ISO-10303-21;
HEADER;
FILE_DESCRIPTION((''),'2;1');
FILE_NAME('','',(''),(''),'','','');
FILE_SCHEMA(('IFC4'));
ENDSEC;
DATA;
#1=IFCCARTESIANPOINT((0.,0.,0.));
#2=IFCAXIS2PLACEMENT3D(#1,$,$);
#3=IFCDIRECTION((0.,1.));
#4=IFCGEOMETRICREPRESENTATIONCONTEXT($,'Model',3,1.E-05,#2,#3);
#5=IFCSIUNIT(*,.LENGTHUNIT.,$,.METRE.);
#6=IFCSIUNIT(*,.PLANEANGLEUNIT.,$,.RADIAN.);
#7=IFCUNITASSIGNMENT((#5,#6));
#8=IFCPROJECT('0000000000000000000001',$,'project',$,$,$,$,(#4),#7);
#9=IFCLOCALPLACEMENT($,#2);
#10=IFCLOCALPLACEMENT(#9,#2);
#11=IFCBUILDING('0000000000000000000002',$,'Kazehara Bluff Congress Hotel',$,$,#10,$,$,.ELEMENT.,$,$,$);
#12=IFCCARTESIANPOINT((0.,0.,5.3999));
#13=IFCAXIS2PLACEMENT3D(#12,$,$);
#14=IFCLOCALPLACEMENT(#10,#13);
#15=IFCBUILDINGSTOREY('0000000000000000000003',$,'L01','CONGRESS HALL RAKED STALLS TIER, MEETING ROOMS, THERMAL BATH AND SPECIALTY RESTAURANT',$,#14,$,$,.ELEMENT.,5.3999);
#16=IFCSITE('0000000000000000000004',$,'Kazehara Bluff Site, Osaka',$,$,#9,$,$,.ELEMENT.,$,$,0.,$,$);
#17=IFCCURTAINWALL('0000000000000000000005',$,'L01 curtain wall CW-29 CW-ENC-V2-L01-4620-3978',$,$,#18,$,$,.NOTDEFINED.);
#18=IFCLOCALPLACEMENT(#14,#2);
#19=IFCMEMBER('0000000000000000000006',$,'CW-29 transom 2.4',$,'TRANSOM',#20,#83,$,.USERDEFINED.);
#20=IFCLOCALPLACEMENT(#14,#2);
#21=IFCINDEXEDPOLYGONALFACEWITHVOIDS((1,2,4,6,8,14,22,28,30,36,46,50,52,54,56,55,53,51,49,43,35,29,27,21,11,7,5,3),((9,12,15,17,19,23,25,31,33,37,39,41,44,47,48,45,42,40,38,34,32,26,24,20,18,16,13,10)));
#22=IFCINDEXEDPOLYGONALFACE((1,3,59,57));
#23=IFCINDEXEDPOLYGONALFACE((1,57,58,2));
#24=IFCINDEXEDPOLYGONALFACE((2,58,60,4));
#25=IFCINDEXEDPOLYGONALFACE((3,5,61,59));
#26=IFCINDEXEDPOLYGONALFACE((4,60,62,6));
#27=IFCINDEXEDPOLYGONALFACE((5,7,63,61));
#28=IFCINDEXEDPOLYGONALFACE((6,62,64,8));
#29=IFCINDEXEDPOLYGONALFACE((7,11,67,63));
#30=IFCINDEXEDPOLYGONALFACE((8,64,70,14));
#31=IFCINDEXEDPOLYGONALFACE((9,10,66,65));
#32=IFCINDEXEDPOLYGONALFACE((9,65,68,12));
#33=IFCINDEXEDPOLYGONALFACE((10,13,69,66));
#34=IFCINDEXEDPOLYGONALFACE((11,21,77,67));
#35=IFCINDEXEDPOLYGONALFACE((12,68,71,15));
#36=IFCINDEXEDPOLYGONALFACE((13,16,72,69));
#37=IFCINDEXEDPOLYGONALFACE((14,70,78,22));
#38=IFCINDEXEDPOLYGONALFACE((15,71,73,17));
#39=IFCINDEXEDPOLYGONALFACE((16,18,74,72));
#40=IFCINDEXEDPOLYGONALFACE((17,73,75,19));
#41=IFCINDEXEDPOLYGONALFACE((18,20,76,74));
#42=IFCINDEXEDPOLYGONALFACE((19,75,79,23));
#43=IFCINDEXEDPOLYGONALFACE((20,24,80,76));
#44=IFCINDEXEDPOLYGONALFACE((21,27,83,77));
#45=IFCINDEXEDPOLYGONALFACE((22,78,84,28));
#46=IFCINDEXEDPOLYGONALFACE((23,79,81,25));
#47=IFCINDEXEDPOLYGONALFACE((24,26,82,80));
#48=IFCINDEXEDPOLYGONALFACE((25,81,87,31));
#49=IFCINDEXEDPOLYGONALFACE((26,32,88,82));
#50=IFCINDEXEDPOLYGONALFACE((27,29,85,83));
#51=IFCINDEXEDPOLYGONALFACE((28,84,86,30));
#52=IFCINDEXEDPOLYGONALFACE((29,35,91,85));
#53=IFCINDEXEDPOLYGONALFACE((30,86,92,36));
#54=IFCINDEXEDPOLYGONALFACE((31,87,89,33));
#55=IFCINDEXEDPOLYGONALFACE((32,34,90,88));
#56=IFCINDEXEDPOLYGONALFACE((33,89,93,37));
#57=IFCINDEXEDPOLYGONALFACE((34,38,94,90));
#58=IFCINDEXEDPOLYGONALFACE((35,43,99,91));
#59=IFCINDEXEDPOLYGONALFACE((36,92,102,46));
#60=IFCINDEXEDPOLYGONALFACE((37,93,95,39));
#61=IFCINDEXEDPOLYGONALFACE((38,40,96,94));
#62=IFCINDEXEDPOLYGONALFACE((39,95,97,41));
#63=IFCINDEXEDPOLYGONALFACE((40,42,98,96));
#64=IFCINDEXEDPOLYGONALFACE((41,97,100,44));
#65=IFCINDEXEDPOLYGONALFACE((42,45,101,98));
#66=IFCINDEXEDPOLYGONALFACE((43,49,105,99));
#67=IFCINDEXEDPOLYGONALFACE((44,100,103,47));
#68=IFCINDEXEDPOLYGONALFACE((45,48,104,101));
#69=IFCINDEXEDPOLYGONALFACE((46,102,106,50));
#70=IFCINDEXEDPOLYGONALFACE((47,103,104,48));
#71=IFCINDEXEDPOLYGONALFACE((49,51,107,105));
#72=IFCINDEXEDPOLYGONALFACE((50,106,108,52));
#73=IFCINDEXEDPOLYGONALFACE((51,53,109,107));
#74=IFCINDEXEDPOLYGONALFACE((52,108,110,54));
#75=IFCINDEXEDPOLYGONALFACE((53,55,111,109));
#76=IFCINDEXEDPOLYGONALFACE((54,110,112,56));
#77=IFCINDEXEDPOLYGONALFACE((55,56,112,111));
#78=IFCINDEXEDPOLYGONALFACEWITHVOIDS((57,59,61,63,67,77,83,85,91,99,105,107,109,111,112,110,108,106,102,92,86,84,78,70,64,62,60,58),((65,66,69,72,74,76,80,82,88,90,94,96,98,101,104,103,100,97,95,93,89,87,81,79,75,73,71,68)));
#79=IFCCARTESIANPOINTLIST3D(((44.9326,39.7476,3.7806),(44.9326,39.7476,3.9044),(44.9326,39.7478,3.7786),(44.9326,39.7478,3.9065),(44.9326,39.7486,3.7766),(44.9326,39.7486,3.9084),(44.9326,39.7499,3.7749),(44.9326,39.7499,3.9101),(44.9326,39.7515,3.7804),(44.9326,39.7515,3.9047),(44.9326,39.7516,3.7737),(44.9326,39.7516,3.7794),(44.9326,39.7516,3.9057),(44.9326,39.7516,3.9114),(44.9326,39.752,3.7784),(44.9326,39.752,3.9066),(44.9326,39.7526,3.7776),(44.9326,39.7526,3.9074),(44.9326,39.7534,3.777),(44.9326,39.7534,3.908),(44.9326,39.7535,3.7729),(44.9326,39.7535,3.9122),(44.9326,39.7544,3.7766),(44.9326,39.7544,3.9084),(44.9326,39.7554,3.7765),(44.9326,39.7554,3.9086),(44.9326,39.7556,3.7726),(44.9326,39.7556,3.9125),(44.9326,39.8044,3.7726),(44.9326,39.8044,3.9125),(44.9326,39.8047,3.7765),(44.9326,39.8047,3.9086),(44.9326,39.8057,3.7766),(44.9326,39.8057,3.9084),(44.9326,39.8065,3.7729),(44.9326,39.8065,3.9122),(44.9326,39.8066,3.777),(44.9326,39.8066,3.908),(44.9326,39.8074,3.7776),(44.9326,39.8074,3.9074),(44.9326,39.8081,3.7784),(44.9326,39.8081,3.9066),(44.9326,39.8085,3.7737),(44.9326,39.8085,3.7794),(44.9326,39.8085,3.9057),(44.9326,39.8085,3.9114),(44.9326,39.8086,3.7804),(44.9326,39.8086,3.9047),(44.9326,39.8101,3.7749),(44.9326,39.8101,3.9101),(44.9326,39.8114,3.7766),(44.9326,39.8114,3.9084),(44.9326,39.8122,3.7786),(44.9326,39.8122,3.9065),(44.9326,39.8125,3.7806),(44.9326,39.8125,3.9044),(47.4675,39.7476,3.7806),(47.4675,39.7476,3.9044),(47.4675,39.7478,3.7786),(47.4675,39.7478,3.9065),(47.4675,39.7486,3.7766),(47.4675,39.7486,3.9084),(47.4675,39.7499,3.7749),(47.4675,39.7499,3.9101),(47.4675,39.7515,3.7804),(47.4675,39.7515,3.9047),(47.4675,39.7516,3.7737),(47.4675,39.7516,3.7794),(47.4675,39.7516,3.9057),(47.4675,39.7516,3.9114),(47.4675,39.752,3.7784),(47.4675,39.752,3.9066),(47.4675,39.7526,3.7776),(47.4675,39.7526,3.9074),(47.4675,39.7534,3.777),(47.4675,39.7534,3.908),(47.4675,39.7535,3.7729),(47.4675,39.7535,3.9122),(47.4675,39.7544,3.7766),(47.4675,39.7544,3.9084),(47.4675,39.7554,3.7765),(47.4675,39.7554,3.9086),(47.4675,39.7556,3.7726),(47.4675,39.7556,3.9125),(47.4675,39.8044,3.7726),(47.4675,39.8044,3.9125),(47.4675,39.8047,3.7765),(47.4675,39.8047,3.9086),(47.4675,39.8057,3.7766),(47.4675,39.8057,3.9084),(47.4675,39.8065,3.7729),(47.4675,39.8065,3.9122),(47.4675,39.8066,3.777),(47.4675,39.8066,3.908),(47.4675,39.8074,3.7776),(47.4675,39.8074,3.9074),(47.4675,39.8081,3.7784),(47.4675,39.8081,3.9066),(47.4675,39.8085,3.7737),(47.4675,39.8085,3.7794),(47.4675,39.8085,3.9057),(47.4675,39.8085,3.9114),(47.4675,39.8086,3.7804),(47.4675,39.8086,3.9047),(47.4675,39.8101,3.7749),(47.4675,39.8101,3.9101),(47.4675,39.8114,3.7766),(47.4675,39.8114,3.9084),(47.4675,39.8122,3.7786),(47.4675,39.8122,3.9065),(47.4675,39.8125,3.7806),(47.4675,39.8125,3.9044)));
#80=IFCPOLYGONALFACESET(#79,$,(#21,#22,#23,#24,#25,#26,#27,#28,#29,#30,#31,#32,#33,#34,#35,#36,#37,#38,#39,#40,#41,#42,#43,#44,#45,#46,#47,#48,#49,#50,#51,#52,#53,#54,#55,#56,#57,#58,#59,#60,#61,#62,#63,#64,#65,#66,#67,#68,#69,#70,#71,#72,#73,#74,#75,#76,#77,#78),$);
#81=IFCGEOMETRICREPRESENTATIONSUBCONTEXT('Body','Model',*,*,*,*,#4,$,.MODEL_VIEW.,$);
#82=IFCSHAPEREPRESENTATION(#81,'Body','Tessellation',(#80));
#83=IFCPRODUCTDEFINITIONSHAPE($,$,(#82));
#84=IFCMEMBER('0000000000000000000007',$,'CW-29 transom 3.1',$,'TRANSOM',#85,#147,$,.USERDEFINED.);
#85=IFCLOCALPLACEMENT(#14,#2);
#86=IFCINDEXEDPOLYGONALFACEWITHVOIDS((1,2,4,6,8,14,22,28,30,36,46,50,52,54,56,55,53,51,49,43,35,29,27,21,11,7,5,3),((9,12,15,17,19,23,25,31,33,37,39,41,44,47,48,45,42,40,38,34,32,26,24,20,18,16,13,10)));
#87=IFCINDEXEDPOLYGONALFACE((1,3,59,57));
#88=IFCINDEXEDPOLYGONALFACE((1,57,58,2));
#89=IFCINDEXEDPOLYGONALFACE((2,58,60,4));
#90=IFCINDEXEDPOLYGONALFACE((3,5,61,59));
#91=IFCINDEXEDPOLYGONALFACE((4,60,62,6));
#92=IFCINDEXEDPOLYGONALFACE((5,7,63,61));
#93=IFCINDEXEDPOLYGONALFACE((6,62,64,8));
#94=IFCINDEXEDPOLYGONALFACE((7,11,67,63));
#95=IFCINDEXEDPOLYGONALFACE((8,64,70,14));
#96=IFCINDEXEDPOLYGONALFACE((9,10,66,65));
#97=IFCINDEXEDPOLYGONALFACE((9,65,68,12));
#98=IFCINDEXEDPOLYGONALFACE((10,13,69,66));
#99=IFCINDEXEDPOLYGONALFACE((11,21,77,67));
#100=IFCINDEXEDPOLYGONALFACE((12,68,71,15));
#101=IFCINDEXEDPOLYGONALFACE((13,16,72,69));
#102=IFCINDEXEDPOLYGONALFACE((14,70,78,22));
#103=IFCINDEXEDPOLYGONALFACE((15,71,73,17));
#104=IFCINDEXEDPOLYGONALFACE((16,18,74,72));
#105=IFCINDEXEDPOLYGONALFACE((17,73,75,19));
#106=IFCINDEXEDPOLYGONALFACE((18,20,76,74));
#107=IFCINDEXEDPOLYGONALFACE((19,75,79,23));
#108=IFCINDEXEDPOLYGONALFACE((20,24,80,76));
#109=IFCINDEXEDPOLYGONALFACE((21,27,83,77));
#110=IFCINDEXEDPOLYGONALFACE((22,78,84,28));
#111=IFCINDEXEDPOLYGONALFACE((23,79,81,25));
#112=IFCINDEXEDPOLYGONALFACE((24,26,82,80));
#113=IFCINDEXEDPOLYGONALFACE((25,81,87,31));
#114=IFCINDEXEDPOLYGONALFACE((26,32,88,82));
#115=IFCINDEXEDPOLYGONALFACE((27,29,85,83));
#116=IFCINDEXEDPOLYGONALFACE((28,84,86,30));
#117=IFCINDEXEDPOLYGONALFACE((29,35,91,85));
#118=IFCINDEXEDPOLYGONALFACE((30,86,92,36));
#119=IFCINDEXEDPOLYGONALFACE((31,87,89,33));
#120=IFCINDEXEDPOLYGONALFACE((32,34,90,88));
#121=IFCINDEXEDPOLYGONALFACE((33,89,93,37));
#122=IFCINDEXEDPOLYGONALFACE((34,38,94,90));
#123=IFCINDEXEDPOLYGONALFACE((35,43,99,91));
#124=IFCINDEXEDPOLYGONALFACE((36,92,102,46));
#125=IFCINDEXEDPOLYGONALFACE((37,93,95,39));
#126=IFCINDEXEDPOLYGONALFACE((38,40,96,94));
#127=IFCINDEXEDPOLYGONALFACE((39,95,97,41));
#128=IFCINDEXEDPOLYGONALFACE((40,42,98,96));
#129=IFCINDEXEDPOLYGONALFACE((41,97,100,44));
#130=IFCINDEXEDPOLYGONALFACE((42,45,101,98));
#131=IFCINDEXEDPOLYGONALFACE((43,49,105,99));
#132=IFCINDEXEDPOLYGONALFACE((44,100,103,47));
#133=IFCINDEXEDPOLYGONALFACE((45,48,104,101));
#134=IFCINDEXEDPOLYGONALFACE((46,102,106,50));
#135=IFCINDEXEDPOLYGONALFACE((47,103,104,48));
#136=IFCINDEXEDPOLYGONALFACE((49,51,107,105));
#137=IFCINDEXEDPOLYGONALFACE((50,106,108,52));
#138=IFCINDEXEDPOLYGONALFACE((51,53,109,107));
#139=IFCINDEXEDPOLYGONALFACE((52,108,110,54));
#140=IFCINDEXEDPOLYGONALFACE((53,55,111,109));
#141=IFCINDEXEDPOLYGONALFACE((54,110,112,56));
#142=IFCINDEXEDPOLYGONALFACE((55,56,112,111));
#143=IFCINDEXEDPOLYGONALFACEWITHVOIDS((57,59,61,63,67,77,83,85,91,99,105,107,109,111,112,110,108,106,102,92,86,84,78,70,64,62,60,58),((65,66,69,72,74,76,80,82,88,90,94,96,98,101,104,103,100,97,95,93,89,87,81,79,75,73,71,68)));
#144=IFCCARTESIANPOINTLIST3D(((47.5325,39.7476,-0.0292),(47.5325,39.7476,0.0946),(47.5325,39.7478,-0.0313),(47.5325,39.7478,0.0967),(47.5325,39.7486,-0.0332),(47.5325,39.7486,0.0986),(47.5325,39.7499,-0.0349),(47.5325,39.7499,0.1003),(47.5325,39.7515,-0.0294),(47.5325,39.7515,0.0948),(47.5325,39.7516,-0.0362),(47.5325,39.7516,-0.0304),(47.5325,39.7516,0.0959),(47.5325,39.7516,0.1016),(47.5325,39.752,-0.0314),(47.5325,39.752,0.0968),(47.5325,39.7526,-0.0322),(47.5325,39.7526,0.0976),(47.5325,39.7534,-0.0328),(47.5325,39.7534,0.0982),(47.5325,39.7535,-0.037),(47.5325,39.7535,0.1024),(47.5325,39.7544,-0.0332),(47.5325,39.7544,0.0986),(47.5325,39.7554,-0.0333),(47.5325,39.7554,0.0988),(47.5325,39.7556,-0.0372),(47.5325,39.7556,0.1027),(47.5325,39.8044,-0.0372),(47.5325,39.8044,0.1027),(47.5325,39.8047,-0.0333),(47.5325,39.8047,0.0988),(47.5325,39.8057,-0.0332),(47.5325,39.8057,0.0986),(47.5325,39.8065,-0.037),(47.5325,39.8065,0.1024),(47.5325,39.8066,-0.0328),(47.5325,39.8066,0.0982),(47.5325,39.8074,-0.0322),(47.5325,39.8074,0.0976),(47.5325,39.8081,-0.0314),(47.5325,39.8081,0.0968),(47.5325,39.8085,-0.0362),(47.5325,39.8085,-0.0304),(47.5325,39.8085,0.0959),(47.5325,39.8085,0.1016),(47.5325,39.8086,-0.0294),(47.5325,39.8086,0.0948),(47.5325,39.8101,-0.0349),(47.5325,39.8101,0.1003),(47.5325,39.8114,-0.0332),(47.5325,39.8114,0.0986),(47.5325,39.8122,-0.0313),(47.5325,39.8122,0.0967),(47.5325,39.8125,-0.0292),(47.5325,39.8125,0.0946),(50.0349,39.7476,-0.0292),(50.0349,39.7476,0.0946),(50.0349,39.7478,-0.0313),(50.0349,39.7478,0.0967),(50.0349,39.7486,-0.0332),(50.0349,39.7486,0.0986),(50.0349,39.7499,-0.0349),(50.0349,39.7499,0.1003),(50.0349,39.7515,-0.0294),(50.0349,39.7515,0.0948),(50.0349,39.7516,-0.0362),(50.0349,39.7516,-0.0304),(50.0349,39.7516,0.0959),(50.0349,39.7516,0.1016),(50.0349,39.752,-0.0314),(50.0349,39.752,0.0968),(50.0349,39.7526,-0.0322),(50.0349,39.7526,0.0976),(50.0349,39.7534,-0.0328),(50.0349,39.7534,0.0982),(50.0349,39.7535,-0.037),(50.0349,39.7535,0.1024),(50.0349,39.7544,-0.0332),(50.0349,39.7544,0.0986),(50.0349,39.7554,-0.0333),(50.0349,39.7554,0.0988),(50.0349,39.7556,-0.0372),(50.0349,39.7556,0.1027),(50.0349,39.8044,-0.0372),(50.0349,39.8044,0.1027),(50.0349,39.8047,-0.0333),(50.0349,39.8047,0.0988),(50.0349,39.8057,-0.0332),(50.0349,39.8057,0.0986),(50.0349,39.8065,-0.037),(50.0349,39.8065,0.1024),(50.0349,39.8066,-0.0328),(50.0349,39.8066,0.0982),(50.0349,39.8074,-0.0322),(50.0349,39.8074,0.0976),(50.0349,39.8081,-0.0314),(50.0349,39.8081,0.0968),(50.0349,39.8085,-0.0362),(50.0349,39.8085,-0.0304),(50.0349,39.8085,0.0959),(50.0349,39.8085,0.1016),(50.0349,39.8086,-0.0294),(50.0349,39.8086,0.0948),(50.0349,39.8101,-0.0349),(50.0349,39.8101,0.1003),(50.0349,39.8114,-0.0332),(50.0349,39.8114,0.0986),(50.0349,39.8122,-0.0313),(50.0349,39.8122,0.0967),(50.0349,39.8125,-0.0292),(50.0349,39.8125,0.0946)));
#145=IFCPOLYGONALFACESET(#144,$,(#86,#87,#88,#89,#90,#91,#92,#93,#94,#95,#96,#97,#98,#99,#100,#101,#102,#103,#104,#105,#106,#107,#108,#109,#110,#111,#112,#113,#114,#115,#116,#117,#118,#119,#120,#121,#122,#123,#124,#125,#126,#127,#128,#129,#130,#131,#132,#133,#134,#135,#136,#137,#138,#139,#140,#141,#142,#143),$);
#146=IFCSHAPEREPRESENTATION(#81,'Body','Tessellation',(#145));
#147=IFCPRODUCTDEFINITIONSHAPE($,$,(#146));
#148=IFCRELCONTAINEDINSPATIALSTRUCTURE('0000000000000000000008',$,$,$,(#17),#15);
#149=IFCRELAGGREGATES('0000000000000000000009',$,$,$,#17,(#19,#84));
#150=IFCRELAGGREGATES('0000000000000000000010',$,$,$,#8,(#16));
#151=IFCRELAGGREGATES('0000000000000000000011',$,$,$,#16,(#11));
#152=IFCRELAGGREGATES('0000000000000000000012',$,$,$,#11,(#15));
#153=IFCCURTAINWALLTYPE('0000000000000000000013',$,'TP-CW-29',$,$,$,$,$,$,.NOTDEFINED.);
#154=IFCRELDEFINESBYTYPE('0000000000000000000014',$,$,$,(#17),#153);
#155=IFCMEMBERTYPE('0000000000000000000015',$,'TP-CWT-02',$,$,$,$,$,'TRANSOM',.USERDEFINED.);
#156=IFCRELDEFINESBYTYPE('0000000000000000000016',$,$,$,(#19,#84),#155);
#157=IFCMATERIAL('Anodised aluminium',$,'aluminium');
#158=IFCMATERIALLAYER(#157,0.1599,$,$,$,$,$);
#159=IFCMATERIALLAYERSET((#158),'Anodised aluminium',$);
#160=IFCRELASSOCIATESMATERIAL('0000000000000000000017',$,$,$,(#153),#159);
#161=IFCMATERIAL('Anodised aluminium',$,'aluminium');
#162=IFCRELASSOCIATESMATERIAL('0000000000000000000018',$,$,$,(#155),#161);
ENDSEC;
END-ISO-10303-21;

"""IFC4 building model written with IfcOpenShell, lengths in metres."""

from ifc_helpers import new_model, si_unit, direction, frame, origin, origin_2d, place, context, subcontext, project, spatial, hollow_rectangle, extrude, material, layer, layer_set, material_profile, profile_set, type_object, element, aggregate, save


model = new_model("IFC4")

# Units and contexts
model_context = context("Model", 3, precision=1e-05, world=origin(), true_north=direction((0.0, 1.0)))
body_context = subcontext(model_context, "Body", "Model", "MODEL_VIEW")
ifc_project = project(units=[si_unit("LENGTHUNIT", "METRE"), si_unit("PLANEANGLEUNIT", "RADIAN")], contexts=[model_context])

# Site, building, storey
site_placement = place(None, origin())
site = spatial("IfcSite", under=ifc_project, at=site_placement, Name="Kazehara Bluff Site, Osaka", CompositionType="ELEMENT", RefElevation=0.0)
building_placement = place(site_placement, origin())
building = spatial("IfcBuilding", under=site, at=building_placement, Name="Kazehara Bluff Congress Hotel", CompositionType="ELEMENT")
storey_placement = place(building_placement, frame((0.0, 0.0, 5.3999)))
storey = spatial("IfcBuildingStorey", under=building, at=storey_placement, Name="L01", Description="CONGRESS HALL RAKED STALLS TIER, MEETING ROOMS, THERMAL BATH AND SPECIALTY RESTAURANT", CompositionType="ELEMENT", Elevation=5.3999)

# Curtain wall
ifc_material_1 = material(Name="Anodised aluminium", Category="aluminium")
ifc_layer_1 = layer(ifc_material_1, 0.1599)
ifc_layer_set_1 = layer_set([ifc_layer_1], Name="Anodised aluminium")
curtain_wall_type = type_object("IfcCurtainWallType", Name="TP-CW-29", PredefinedType="NOTDEFINED", material=ifc_layer_set_1)
curtain_wall_1_placement = place(storey_placement, origin())
curtain_wall_1 = element("IfcCurtainWall", 1, at=curtain_wall_1_placement, inside=storey, type_object=curtain_wall_type, Name="L01 curtain wall CW-29 CW-ENC-V2-L01-4620-3978", PredefinedType="NOTDEFINED")

# Members
ifc_material_2 = material(Name="Anodised aluminium", Category="aluminium")
ifc_material_profile_1 = material_profile(ifc_material_2, hollow_rectangle(XDim=0.0649, YDim=0.1399, WallThickness=0.0039, InnerFilletRadius=0.0039, OuterFilletRadius=0.0081, at=origin_2d()))
ifc_profile_set_1 = profile_set([ifc_material_profile_1], Name="Anodised aluminium")
member_type_1 = type_object("IfcMemberType", Name="TP-CWT-02", ElementType="TRANSOM", PredefinedType="USERDEFINED", material=ifc_profile_set_1)
member_1_placement = place(storey_placement, frame((44.9326, 39.78, 3.8425), z_axis=(1.0, 0.0, 0.0), x_axis=(0.0, 1.0, 0.0)))
member_1 = element("IfcMember", 2, at=member_1_placement, type_object=member_type_1, Name="CW-29 transom 2.4", ObjectType="TRANSOM", PredefinedType="USERDEFINED", context=body_context, shape_type="SweptSolid", body=[
    extrude(hollow_rectangle(XDim=0.0649, YDim=0.1399, WallThickness=0.0039, InnerFilletRadius=0.0039, OuterFilletRadius=0.0081, at=origin_2d()), origin(), (0.0, 0.0, 1.0), 2.5349),
])
member_2_placement = place(storey_placement, frame((47.5325, 39.78, 0.0327), z_axis=(1.0, 0.0, 0.0), x_axis=(0.0, 1.0, 0.0)))
member_2 = element("IfcMember", 3, at=member_2_placement, type_object=member_type_1, Name="CW-29 transom 3.1", ObjectType="TRANSOM", PredefinedType="USERDEFINED", context=body_context, shape_type="SweptSolid", body=[
    extrude(hollow_rectangle(XDim=0.0649, YDim=0.1399, WallThickness=0.0039, InnerFilletRadius=0.0039, OuterFilletRadius=0.0081, at=origin_2d()), origin(), (0.0, 0.0, 1.0), 2.5024),
])

aggregate(curtain_wall_1, [member_1, member_2])

save(model, "model.ifc")
